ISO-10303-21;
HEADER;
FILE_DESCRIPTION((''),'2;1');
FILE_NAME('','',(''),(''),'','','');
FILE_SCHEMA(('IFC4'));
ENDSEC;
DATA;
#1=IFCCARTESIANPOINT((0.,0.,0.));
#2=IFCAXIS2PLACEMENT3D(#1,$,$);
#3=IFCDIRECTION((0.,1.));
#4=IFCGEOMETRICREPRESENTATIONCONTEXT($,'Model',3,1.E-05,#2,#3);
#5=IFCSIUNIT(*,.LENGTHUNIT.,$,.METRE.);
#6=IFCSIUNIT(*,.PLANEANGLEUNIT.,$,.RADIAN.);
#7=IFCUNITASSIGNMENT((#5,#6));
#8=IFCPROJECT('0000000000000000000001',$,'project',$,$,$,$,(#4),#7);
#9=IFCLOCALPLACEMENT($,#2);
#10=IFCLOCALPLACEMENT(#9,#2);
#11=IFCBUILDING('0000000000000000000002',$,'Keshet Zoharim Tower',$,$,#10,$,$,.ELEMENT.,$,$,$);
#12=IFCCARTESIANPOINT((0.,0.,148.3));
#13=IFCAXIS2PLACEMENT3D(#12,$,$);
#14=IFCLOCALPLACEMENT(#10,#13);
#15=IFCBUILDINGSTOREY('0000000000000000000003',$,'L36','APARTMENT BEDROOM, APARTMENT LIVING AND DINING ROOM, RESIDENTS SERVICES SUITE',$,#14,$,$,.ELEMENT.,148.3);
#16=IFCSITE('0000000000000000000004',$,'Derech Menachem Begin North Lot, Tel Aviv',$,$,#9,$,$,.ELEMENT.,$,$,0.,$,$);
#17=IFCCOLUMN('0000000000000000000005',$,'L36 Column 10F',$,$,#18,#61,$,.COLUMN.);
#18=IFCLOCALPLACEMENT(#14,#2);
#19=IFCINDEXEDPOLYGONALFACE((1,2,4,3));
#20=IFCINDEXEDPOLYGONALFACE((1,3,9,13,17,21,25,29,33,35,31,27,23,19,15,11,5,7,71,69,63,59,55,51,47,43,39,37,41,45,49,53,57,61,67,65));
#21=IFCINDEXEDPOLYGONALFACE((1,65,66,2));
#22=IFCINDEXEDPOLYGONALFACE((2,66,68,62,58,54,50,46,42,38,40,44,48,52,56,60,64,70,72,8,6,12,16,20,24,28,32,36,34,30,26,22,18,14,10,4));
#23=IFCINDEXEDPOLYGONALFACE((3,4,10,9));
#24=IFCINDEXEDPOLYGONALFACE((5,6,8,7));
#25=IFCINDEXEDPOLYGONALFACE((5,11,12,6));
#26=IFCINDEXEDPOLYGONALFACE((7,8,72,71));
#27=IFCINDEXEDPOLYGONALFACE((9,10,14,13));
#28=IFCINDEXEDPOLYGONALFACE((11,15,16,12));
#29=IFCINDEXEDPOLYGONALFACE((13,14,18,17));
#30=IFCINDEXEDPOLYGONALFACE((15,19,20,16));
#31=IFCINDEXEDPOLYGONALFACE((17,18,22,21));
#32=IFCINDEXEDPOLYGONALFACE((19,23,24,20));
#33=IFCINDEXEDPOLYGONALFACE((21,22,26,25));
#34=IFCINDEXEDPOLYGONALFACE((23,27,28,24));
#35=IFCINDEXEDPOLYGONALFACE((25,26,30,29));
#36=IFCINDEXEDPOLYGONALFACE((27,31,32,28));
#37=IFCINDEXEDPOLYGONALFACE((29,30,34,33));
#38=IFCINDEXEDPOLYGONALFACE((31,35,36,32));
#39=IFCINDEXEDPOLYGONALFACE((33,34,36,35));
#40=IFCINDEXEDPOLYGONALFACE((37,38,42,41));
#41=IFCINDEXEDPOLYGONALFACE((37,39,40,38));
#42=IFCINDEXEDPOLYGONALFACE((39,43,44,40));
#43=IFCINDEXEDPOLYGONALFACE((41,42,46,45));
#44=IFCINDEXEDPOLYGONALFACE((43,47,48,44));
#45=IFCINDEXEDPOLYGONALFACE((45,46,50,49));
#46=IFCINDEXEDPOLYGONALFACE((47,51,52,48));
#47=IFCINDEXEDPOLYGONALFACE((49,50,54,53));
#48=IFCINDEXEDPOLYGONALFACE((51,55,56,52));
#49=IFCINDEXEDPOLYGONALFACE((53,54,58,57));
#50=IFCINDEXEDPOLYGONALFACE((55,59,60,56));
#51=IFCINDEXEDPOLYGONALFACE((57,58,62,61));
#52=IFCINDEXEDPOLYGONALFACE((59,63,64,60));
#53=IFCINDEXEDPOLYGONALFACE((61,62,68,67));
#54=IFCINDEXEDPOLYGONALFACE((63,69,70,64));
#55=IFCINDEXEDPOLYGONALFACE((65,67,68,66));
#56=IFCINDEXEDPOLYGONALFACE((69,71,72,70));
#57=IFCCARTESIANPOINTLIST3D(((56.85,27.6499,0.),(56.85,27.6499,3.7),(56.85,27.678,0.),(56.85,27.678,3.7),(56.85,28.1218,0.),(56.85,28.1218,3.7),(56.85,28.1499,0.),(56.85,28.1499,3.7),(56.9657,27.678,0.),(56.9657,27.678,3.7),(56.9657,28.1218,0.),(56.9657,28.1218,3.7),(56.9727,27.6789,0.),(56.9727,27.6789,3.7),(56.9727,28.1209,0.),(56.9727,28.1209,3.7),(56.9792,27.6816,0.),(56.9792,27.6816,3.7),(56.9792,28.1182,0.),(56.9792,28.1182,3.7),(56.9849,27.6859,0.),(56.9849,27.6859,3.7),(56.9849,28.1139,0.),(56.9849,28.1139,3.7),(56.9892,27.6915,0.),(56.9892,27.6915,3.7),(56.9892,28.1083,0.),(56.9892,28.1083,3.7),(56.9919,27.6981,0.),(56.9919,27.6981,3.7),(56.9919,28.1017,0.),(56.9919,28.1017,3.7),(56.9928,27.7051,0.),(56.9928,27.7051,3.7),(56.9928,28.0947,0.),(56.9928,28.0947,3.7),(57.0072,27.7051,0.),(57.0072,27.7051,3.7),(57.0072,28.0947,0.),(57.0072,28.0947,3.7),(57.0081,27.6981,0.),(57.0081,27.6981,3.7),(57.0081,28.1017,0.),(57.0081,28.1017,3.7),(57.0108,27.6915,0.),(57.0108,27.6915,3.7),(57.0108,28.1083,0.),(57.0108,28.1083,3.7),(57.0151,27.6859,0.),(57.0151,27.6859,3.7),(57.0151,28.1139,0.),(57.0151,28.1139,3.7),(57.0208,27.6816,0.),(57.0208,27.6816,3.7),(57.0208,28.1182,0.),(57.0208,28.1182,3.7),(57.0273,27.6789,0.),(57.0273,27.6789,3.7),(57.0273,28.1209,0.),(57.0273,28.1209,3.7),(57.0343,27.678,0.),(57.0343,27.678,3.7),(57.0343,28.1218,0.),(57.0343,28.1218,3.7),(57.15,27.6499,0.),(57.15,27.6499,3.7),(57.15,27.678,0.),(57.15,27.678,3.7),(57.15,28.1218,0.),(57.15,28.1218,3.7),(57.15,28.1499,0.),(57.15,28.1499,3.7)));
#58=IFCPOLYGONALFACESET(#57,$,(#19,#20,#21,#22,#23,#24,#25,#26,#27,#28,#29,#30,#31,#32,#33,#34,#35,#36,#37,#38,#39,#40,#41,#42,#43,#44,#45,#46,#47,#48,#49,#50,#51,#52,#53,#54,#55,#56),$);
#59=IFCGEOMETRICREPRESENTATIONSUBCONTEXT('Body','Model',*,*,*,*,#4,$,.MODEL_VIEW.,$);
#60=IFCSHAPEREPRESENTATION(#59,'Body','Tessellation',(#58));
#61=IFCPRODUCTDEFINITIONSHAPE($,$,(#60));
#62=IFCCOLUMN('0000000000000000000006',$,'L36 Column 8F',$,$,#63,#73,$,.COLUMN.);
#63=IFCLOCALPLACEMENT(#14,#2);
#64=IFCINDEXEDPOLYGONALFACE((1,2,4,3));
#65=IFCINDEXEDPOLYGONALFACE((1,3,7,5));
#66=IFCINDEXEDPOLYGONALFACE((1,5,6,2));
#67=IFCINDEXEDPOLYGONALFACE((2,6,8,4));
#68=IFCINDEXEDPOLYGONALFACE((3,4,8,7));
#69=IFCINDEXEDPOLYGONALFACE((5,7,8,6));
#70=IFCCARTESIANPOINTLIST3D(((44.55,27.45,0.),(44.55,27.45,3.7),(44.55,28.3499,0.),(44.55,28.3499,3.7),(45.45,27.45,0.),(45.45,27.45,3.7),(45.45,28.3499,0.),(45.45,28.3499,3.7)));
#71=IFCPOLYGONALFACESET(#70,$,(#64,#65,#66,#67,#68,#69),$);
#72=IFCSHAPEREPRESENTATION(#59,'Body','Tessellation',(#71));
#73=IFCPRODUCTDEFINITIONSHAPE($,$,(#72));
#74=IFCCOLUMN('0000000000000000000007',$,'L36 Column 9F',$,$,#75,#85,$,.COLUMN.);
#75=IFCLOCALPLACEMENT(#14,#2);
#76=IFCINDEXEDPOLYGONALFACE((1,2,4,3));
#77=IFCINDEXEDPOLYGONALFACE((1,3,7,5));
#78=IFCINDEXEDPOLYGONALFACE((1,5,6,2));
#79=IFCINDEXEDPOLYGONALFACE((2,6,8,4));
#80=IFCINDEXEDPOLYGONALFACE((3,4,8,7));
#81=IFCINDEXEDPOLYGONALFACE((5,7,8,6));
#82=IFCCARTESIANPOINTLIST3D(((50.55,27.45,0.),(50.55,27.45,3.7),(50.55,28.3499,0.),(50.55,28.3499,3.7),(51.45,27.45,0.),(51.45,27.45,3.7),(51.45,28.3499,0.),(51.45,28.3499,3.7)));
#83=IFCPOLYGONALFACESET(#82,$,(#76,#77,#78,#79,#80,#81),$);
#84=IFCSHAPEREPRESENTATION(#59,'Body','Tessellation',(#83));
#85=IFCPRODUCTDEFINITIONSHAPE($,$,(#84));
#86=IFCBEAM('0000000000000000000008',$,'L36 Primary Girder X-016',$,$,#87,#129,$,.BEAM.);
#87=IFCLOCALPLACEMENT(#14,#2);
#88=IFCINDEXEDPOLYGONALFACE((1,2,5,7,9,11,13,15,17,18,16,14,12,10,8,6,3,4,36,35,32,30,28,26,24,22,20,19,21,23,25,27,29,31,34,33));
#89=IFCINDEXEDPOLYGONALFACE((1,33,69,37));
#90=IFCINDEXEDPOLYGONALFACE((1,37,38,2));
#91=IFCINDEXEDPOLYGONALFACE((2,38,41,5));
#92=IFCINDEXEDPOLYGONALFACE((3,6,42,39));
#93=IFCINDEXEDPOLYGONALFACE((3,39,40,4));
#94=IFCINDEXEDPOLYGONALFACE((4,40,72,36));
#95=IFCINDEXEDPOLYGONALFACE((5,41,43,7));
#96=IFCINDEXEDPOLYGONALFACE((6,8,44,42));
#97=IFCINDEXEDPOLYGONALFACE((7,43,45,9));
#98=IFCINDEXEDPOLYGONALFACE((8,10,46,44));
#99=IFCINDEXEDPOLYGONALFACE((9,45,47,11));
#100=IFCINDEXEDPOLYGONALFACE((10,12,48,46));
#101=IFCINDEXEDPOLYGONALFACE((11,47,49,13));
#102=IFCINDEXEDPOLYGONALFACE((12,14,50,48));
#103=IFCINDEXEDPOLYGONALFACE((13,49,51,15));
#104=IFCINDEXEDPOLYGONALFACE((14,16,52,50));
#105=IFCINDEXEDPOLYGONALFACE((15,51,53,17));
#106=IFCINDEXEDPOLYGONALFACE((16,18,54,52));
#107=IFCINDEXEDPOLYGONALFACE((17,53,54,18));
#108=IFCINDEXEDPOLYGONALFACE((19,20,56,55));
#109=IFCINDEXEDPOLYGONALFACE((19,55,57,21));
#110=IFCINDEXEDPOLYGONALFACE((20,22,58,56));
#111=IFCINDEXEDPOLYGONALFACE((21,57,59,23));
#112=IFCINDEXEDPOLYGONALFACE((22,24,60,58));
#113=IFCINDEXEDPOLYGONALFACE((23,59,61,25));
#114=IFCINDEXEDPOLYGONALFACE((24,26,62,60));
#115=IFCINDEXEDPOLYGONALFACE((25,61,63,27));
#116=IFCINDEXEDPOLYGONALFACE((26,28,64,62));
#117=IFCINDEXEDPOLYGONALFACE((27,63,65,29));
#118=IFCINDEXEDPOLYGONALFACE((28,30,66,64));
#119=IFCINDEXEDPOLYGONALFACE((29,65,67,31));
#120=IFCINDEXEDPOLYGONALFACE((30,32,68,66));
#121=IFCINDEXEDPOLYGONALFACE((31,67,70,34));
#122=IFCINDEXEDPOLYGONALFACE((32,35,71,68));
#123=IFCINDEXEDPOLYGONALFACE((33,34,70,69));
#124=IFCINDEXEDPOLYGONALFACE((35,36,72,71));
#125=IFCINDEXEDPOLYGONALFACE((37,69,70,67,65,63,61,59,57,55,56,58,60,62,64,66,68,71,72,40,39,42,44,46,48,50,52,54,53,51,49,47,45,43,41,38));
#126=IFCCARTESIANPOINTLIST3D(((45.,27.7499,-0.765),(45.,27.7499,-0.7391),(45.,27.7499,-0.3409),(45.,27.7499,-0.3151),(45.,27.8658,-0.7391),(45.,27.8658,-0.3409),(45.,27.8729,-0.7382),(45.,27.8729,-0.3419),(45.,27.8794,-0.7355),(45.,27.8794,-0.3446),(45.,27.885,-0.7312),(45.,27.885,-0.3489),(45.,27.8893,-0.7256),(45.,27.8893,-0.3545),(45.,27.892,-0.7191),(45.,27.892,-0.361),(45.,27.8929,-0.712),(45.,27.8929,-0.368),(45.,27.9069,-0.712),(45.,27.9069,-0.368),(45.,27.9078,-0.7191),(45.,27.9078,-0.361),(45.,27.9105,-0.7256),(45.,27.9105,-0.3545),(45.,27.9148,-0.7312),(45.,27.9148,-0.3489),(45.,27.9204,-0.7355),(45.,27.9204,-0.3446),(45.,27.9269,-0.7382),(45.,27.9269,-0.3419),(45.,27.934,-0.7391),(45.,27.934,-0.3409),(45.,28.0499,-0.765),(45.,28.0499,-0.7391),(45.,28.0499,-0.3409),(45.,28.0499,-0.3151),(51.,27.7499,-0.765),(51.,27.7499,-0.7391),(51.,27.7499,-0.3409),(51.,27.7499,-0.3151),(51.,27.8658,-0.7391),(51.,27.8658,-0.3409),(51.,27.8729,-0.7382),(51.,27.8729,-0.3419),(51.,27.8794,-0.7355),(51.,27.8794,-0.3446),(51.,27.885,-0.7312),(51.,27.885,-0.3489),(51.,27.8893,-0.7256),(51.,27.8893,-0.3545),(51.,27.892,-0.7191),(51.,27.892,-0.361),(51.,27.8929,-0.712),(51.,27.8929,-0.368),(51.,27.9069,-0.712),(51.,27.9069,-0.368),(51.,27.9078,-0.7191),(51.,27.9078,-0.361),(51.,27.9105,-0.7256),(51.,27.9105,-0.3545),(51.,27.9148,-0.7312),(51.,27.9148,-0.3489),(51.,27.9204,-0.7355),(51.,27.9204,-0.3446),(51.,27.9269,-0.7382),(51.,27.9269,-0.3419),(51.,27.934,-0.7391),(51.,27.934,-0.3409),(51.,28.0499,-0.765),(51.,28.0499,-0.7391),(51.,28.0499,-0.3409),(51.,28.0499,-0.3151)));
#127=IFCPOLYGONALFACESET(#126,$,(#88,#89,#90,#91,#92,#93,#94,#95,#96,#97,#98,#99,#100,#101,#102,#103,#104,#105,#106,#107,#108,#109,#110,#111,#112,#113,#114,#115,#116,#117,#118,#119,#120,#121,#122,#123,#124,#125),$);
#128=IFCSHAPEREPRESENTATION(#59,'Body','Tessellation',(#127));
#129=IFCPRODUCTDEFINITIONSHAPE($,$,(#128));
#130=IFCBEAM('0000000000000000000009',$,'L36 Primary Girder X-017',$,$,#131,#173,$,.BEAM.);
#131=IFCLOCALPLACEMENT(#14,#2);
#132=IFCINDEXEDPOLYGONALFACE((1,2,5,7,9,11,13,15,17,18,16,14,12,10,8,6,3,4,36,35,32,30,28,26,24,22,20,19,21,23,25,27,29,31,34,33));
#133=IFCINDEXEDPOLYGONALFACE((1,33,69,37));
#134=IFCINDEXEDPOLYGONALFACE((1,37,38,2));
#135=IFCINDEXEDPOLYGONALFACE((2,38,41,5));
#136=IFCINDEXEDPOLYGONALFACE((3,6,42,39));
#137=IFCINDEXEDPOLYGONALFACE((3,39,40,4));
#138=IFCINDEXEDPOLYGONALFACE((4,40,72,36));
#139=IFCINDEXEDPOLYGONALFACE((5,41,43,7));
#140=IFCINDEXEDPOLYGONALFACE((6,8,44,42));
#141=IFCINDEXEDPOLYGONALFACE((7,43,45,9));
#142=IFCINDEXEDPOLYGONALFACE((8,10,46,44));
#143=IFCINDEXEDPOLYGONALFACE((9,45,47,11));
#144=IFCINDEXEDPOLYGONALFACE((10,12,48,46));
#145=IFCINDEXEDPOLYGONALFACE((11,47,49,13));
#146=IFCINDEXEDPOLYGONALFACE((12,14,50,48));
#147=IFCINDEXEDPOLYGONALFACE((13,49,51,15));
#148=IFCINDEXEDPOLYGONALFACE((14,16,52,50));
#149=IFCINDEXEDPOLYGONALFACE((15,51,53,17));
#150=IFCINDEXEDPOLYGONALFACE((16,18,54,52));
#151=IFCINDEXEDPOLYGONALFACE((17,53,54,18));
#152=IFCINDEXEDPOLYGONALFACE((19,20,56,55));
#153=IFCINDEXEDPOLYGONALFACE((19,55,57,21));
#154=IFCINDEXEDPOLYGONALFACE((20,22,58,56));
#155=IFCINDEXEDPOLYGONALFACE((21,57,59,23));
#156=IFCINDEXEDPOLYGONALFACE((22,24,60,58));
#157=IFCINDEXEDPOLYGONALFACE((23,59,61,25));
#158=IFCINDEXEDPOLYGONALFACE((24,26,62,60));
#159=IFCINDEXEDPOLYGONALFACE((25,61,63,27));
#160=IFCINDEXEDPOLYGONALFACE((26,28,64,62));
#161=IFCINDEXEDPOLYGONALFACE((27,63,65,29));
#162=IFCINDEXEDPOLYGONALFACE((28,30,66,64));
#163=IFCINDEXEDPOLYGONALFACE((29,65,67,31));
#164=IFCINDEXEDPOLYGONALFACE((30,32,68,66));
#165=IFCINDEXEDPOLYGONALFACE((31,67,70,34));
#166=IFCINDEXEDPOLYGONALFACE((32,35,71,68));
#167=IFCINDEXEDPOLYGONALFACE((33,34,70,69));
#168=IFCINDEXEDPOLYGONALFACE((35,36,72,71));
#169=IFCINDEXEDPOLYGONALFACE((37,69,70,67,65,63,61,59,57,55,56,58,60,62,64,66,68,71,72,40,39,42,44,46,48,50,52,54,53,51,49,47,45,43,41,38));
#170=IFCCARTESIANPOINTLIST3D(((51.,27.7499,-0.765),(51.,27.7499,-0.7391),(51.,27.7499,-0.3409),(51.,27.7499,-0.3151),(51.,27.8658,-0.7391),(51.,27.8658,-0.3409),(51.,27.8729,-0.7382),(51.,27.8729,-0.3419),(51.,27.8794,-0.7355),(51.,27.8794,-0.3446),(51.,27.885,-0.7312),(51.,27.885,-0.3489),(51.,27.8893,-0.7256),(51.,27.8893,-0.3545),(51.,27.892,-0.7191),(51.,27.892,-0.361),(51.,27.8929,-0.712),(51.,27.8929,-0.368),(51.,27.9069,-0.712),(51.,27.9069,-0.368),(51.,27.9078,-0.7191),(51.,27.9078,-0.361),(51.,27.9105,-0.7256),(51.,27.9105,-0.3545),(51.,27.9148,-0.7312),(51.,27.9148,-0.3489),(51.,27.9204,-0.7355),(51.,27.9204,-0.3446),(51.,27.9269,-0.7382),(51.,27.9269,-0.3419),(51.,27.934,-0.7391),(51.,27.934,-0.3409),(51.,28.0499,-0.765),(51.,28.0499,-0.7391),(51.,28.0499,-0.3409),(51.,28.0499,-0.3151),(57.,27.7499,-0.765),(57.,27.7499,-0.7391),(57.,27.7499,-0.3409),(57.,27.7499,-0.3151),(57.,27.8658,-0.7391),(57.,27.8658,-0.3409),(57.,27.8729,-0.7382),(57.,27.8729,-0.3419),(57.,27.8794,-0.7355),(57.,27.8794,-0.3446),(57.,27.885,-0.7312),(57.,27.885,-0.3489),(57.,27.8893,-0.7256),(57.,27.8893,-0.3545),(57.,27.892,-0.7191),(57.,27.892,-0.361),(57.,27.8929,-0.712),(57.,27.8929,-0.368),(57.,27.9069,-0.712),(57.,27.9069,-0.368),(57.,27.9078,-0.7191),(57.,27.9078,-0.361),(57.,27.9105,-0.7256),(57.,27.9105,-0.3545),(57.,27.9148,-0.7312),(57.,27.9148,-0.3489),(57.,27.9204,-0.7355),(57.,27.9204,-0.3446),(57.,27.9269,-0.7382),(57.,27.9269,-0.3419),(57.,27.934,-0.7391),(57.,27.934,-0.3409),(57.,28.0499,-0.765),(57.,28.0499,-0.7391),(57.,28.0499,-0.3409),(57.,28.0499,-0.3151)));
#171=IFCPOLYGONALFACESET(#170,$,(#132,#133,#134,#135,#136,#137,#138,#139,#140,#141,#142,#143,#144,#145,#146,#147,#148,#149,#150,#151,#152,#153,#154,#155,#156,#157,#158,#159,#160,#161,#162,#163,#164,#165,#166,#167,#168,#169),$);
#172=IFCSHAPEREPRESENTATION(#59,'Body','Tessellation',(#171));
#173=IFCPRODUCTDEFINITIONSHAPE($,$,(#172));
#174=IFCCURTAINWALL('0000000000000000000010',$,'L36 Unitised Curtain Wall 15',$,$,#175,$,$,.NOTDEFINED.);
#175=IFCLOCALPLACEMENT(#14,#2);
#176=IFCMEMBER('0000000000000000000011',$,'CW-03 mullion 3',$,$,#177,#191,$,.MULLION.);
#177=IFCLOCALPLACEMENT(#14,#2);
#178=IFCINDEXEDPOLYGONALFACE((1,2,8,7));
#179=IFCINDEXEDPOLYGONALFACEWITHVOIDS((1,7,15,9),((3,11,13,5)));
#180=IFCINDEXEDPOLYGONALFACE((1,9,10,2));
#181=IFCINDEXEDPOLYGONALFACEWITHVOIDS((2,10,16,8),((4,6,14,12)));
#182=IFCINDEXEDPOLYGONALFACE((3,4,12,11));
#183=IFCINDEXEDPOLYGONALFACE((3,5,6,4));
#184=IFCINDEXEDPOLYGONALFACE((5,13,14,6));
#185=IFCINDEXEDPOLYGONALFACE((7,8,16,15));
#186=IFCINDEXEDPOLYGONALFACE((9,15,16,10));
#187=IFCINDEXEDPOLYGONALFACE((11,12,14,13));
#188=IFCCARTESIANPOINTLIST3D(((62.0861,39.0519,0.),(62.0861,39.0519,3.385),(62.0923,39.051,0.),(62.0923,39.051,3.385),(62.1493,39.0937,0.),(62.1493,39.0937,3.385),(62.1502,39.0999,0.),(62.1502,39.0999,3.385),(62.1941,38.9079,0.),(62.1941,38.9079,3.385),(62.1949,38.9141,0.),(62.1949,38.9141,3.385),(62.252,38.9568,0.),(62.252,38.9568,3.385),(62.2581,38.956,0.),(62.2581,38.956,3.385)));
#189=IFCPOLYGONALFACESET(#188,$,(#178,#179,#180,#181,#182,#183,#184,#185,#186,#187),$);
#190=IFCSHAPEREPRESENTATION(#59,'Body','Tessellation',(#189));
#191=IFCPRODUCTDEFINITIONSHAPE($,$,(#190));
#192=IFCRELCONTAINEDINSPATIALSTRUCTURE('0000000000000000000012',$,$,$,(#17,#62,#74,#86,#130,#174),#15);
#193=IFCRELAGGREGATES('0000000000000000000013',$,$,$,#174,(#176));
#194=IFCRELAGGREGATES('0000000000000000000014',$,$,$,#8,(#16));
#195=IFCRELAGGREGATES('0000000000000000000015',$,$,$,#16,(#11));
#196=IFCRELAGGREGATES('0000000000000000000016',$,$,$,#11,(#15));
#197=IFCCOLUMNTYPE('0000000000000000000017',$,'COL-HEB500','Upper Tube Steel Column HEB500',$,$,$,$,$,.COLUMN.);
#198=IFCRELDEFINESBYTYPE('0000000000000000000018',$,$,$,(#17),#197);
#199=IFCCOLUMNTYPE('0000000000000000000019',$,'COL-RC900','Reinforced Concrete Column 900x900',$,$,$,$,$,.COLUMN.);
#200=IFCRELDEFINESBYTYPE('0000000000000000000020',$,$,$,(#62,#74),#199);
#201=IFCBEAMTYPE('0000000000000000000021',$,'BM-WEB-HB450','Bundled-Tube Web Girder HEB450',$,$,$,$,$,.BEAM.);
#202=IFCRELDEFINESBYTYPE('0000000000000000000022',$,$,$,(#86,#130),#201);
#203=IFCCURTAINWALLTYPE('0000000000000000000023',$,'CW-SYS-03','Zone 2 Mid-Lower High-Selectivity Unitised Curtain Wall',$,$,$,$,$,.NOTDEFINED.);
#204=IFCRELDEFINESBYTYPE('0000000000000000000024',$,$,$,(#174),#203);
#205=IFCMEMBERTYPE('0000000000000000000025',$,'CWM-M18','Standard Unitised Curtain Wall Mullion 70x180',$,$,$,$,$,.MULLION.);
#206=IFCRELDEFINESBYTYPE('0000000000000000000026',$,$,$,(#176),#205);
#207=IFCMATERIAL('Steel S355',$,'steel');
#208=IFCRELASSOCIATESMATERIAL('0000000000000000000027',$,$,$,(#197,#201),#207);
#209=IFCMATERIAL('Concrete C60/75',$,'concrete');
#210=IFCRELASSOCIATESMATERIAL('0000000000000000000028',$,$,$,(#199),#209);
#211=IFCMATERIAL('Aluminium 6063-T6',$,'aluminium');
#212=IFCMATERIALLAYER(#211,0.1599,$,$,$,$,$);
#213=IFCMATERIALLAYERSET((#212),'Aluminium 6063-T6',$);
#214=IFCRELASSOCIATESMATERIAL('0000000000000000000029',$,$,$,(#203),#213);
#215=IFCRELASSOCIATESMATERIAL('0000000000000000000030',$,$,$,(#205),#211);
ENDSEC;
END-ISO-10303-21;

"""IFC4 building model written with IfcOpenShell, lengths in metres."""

from ifc_helpers import new_model, si_unit, direction, frame, origin, origin_2d, place, context, subcontext, project, spatial, rectangle, hollow_rectangle, i_section, extrude, material, layer, layer_set, material_profile, profile_set, type_object, element, aggregate, save


model = new_model("IFC4")

# Units and contexts
model_context = context("Model", 3, precision=1e-05, world=origin(), true_north=direction((0.0, 1.0)))
body_context = subcontext(model_context, "Body", "Model", "MODEL_VIEW")
ifc_project = project(units=[si_unit("LENGTHUNIT", "METRE"), si_unit("PLANEANGLEUNIT", "RADIAN")], contexts=[model_context])

# Site, building, storey
site_placement = place(None, origin())
site = spatial("IfcSite", under=ifc_project, at=site_placement, Name="Derech Menachem Begin North Lot, Tel Aviv", CompositionType="ELEMENT", RefElevation=0.0)
building_placement = place(site_placement, origin())
building = spatial("IfcBuilding", under=site, at=building_placement, Name="Keshet Zoharim Tower", CompositionType="ELEMENT")
storey_placement = place(building_placement, frame((0.0, 0.0, 148.3)))
storey = spatial("IfcBuildingStorey", under=building, at=storey_placement, Name="L36", Description="APARTMENT BEDROOM, APARTMENT LIVING AND DINING ROOM, RESIDENTS SERVICES SUITE", CompositionType="ELEMENT", Elevation=148.3)

# Columns
ifc_material_1 = material(Name="Steel S355", Category="steel")
ifc_material_profile_1 = material_profile(ifc_material_1, i_section(OverallWidth=0.3, OverallDepth=0.5, WebThickness=0.0144, FlangeThickness=0.0281, FilletRadius=0.0271, at=origin_2d()), Name="HEB500")
ifc_profile_set_1 = profile_set([ifc_material_profile_1], Name="Steel S355")
column_type_1 = type_object("IfcColumnType", Name="COL-HEB500", Description="Upper Tube Steel Column HEB500", PredefinedType="COLUMN", material=ifc_profile_set_1)
column_placement = place(storey_placement, frame((57.0, 27.8999, 0.0), z_axis=(0.0, 0.0, 1.0), x_axis=(1.0, 0.0, 0.0)))
element("IfcColumn", 1, at=column_placement, inside=storey, type_object=column_type_1, Name="L36 Column 10F", PredefinedType="COLUMN", context=body_context, shape_type="SweptSolid", body=[
    extrude(i_section(OverallWidth=0.3, OverallDepth=0.5, WebThickness=0.0144, FlangeThickness=0.0281, FilletRadius=0.0271, at=origin_2d()), origin(), (0.0, 0.0, 1.0), 3.7),
])
ifc_material_2 = material(Name="Concrete C60/75", Category="concrete")
ifc_material_profile_2 = material_profile(ifc_material_2, rectangle(XDim=0.8999, YDim=0.8999, at=origin_2d()), Name="RC900x900")
ifc_profile_set_2 = profile_set([ifc_material_profile_2], Name="Concrete C60/75")
column_type_2 = type_object("IfcColumnType", Name="COL-RC900", Description="Reinforced Concrete Column 900x900", PredefinedType="COLUMN", material=ifc_profile_set_2)
for number, where, z_axis, x_axis, name in (
    (2, (45.0, 27.8999, 0.0), (0.0, 0.0, 1.0), (1.0, 0.0, 0.0), "L36 Column 8F"),
    (3, (51.0, 27.8999, 0.0), (0.0, 0.0, 1.0), (1.0, 0.0, 0.0), "L36 Column 9F"),
):
    element("IfcColumn", number, at=place(storey_placement, frame(where, z_axis=z_axis, x_axis=x_axis)), inside=storey, type_object=column_type_2, Name=name, PredefinedType="COLUMN", context=body_context, shape_type="SweptSolid", body=[
        extrude(rectangle(XDim=0.8999, YDim=0.8999, at=origin_2d()), origin(), (0.0, 0.0, 1.0), 3.7),
    ])

# Beams
ifc_material_profile_3 = material_profile(ifc_material_1, i_section(OverallWidth=0.3, OverallDepth=0.45, WebThickness=0.0139, FlangeThickness=0.0259, FilletRadius=0.0271, at=origin_2d()), Name="HEB450")
ifc_profile_set_3 = profile_set([ifc_material_profile_3], Name="Steel S355")
beam_type = type_object("IfcBeamType", Name="BM-WEB-HB450", Description="Bundled-Tube Web Girder HEB450", PredefinedType="BEAM", material=ifc_profile_set_3)
for number, where, z_axis, x_axis, name in (
    (4, (45.0, 27.8999, -0.54), (1.0, 0.0, 0.0), (0.0, 1.0, 0.0), "L36 Primary Girder X-016"),
    (5, (51.0, 27.8999, -0.54), (1.0, 0.0, 0.0), (0.0, 1.0, 0.0), "L36 Primary Girder X-017"),
):
    element("IfcBeam", number, at=place(storey_placement, frame(where, z_axis=z_axis, x_axis=x_axis)), inside=storey, type_object=beam_type, Name=name, PredefinedType="BEAM", context=body_context, shape_type="SweptSolid", body=[
        extrude(i_section(OverallWidth=0.3, OverallDepth=0.45, WebThickness=0.0139, FlangeThickness=0.0259, FilletRadius=0.0271, at=origin_2d()), origin(), (0.0, 0.0, 1.0), 6.0),
    ])

# Curtain wall, member
ifc_material_3 = material(Name="Aluminium 6063-T6", Category="aluminium")
ifc_layer_1 = layer(ifc_material_3, 0.1599)
ifc_layer_set_1 = layer_set([ifc_layer_1], Name="Aluminium 6063-T6")
curtain_wall_type = type_object("IfcCurtainWallType", Name="CW-SYS-03", Description="Zone 2 Mid-Lower High-Selectivity Unitised Curtain Wall", PredefinedType="NOTDEFINED", material=ifc_layer_set_1)
curtain_wall_1_placement = place(storey_placement, origin())
curtain_wall_1 = element("IfcCurtainWall", 6, at=curtain_wall_1_placement, inside=storey, type_object=curtain_wall_type, Name="L36 Unitised Curtain Wall 15", PredefinedType="NOTDEFINED")
ifc_material_profile_4 = material_profile(ifc_material_3, hollow_rectangle(XDim=0.0801, YDim=0.1799, WallThickness=0.0044, at=origin_2d()), Name="MUL-80x180")
ifc_profile_set_4 = profile_set([ifc_material_profile_4], Name="Aluminium 6063-T6")
member_type_1 = type_object("IfcMemberType", Name="CWM-M18", Description="Standard Unitised Curtain Wall Mullion 70x180", PredefinedType="MULLION", material=ifc_profile_set_4)
member_1_placement = place(storey_placement, frame((62.1721, 39.0039, 0.0), z_axis=(0.0, 0.0, 1.0), x_axis=(0.8, 0.6, 0.0)))
member_1 = element("IfcMember", 7, at=member_1_placement, type_object=member_type_1, Name="CW-03 mullion 3", PredefinedType="MULLION", context=body_context, shape_type="SweptSolid", body=[
    extrude(hollow_rectangle(XDim=0.0801, YDim=0.1799, WallThickness=0.0044, at=origin_2d()), origin(), (0.0, 0.0, 1.0), 3.385),
])
aggregate(curtain_wall_1, [member_1])

save(model, "model.ifc")
